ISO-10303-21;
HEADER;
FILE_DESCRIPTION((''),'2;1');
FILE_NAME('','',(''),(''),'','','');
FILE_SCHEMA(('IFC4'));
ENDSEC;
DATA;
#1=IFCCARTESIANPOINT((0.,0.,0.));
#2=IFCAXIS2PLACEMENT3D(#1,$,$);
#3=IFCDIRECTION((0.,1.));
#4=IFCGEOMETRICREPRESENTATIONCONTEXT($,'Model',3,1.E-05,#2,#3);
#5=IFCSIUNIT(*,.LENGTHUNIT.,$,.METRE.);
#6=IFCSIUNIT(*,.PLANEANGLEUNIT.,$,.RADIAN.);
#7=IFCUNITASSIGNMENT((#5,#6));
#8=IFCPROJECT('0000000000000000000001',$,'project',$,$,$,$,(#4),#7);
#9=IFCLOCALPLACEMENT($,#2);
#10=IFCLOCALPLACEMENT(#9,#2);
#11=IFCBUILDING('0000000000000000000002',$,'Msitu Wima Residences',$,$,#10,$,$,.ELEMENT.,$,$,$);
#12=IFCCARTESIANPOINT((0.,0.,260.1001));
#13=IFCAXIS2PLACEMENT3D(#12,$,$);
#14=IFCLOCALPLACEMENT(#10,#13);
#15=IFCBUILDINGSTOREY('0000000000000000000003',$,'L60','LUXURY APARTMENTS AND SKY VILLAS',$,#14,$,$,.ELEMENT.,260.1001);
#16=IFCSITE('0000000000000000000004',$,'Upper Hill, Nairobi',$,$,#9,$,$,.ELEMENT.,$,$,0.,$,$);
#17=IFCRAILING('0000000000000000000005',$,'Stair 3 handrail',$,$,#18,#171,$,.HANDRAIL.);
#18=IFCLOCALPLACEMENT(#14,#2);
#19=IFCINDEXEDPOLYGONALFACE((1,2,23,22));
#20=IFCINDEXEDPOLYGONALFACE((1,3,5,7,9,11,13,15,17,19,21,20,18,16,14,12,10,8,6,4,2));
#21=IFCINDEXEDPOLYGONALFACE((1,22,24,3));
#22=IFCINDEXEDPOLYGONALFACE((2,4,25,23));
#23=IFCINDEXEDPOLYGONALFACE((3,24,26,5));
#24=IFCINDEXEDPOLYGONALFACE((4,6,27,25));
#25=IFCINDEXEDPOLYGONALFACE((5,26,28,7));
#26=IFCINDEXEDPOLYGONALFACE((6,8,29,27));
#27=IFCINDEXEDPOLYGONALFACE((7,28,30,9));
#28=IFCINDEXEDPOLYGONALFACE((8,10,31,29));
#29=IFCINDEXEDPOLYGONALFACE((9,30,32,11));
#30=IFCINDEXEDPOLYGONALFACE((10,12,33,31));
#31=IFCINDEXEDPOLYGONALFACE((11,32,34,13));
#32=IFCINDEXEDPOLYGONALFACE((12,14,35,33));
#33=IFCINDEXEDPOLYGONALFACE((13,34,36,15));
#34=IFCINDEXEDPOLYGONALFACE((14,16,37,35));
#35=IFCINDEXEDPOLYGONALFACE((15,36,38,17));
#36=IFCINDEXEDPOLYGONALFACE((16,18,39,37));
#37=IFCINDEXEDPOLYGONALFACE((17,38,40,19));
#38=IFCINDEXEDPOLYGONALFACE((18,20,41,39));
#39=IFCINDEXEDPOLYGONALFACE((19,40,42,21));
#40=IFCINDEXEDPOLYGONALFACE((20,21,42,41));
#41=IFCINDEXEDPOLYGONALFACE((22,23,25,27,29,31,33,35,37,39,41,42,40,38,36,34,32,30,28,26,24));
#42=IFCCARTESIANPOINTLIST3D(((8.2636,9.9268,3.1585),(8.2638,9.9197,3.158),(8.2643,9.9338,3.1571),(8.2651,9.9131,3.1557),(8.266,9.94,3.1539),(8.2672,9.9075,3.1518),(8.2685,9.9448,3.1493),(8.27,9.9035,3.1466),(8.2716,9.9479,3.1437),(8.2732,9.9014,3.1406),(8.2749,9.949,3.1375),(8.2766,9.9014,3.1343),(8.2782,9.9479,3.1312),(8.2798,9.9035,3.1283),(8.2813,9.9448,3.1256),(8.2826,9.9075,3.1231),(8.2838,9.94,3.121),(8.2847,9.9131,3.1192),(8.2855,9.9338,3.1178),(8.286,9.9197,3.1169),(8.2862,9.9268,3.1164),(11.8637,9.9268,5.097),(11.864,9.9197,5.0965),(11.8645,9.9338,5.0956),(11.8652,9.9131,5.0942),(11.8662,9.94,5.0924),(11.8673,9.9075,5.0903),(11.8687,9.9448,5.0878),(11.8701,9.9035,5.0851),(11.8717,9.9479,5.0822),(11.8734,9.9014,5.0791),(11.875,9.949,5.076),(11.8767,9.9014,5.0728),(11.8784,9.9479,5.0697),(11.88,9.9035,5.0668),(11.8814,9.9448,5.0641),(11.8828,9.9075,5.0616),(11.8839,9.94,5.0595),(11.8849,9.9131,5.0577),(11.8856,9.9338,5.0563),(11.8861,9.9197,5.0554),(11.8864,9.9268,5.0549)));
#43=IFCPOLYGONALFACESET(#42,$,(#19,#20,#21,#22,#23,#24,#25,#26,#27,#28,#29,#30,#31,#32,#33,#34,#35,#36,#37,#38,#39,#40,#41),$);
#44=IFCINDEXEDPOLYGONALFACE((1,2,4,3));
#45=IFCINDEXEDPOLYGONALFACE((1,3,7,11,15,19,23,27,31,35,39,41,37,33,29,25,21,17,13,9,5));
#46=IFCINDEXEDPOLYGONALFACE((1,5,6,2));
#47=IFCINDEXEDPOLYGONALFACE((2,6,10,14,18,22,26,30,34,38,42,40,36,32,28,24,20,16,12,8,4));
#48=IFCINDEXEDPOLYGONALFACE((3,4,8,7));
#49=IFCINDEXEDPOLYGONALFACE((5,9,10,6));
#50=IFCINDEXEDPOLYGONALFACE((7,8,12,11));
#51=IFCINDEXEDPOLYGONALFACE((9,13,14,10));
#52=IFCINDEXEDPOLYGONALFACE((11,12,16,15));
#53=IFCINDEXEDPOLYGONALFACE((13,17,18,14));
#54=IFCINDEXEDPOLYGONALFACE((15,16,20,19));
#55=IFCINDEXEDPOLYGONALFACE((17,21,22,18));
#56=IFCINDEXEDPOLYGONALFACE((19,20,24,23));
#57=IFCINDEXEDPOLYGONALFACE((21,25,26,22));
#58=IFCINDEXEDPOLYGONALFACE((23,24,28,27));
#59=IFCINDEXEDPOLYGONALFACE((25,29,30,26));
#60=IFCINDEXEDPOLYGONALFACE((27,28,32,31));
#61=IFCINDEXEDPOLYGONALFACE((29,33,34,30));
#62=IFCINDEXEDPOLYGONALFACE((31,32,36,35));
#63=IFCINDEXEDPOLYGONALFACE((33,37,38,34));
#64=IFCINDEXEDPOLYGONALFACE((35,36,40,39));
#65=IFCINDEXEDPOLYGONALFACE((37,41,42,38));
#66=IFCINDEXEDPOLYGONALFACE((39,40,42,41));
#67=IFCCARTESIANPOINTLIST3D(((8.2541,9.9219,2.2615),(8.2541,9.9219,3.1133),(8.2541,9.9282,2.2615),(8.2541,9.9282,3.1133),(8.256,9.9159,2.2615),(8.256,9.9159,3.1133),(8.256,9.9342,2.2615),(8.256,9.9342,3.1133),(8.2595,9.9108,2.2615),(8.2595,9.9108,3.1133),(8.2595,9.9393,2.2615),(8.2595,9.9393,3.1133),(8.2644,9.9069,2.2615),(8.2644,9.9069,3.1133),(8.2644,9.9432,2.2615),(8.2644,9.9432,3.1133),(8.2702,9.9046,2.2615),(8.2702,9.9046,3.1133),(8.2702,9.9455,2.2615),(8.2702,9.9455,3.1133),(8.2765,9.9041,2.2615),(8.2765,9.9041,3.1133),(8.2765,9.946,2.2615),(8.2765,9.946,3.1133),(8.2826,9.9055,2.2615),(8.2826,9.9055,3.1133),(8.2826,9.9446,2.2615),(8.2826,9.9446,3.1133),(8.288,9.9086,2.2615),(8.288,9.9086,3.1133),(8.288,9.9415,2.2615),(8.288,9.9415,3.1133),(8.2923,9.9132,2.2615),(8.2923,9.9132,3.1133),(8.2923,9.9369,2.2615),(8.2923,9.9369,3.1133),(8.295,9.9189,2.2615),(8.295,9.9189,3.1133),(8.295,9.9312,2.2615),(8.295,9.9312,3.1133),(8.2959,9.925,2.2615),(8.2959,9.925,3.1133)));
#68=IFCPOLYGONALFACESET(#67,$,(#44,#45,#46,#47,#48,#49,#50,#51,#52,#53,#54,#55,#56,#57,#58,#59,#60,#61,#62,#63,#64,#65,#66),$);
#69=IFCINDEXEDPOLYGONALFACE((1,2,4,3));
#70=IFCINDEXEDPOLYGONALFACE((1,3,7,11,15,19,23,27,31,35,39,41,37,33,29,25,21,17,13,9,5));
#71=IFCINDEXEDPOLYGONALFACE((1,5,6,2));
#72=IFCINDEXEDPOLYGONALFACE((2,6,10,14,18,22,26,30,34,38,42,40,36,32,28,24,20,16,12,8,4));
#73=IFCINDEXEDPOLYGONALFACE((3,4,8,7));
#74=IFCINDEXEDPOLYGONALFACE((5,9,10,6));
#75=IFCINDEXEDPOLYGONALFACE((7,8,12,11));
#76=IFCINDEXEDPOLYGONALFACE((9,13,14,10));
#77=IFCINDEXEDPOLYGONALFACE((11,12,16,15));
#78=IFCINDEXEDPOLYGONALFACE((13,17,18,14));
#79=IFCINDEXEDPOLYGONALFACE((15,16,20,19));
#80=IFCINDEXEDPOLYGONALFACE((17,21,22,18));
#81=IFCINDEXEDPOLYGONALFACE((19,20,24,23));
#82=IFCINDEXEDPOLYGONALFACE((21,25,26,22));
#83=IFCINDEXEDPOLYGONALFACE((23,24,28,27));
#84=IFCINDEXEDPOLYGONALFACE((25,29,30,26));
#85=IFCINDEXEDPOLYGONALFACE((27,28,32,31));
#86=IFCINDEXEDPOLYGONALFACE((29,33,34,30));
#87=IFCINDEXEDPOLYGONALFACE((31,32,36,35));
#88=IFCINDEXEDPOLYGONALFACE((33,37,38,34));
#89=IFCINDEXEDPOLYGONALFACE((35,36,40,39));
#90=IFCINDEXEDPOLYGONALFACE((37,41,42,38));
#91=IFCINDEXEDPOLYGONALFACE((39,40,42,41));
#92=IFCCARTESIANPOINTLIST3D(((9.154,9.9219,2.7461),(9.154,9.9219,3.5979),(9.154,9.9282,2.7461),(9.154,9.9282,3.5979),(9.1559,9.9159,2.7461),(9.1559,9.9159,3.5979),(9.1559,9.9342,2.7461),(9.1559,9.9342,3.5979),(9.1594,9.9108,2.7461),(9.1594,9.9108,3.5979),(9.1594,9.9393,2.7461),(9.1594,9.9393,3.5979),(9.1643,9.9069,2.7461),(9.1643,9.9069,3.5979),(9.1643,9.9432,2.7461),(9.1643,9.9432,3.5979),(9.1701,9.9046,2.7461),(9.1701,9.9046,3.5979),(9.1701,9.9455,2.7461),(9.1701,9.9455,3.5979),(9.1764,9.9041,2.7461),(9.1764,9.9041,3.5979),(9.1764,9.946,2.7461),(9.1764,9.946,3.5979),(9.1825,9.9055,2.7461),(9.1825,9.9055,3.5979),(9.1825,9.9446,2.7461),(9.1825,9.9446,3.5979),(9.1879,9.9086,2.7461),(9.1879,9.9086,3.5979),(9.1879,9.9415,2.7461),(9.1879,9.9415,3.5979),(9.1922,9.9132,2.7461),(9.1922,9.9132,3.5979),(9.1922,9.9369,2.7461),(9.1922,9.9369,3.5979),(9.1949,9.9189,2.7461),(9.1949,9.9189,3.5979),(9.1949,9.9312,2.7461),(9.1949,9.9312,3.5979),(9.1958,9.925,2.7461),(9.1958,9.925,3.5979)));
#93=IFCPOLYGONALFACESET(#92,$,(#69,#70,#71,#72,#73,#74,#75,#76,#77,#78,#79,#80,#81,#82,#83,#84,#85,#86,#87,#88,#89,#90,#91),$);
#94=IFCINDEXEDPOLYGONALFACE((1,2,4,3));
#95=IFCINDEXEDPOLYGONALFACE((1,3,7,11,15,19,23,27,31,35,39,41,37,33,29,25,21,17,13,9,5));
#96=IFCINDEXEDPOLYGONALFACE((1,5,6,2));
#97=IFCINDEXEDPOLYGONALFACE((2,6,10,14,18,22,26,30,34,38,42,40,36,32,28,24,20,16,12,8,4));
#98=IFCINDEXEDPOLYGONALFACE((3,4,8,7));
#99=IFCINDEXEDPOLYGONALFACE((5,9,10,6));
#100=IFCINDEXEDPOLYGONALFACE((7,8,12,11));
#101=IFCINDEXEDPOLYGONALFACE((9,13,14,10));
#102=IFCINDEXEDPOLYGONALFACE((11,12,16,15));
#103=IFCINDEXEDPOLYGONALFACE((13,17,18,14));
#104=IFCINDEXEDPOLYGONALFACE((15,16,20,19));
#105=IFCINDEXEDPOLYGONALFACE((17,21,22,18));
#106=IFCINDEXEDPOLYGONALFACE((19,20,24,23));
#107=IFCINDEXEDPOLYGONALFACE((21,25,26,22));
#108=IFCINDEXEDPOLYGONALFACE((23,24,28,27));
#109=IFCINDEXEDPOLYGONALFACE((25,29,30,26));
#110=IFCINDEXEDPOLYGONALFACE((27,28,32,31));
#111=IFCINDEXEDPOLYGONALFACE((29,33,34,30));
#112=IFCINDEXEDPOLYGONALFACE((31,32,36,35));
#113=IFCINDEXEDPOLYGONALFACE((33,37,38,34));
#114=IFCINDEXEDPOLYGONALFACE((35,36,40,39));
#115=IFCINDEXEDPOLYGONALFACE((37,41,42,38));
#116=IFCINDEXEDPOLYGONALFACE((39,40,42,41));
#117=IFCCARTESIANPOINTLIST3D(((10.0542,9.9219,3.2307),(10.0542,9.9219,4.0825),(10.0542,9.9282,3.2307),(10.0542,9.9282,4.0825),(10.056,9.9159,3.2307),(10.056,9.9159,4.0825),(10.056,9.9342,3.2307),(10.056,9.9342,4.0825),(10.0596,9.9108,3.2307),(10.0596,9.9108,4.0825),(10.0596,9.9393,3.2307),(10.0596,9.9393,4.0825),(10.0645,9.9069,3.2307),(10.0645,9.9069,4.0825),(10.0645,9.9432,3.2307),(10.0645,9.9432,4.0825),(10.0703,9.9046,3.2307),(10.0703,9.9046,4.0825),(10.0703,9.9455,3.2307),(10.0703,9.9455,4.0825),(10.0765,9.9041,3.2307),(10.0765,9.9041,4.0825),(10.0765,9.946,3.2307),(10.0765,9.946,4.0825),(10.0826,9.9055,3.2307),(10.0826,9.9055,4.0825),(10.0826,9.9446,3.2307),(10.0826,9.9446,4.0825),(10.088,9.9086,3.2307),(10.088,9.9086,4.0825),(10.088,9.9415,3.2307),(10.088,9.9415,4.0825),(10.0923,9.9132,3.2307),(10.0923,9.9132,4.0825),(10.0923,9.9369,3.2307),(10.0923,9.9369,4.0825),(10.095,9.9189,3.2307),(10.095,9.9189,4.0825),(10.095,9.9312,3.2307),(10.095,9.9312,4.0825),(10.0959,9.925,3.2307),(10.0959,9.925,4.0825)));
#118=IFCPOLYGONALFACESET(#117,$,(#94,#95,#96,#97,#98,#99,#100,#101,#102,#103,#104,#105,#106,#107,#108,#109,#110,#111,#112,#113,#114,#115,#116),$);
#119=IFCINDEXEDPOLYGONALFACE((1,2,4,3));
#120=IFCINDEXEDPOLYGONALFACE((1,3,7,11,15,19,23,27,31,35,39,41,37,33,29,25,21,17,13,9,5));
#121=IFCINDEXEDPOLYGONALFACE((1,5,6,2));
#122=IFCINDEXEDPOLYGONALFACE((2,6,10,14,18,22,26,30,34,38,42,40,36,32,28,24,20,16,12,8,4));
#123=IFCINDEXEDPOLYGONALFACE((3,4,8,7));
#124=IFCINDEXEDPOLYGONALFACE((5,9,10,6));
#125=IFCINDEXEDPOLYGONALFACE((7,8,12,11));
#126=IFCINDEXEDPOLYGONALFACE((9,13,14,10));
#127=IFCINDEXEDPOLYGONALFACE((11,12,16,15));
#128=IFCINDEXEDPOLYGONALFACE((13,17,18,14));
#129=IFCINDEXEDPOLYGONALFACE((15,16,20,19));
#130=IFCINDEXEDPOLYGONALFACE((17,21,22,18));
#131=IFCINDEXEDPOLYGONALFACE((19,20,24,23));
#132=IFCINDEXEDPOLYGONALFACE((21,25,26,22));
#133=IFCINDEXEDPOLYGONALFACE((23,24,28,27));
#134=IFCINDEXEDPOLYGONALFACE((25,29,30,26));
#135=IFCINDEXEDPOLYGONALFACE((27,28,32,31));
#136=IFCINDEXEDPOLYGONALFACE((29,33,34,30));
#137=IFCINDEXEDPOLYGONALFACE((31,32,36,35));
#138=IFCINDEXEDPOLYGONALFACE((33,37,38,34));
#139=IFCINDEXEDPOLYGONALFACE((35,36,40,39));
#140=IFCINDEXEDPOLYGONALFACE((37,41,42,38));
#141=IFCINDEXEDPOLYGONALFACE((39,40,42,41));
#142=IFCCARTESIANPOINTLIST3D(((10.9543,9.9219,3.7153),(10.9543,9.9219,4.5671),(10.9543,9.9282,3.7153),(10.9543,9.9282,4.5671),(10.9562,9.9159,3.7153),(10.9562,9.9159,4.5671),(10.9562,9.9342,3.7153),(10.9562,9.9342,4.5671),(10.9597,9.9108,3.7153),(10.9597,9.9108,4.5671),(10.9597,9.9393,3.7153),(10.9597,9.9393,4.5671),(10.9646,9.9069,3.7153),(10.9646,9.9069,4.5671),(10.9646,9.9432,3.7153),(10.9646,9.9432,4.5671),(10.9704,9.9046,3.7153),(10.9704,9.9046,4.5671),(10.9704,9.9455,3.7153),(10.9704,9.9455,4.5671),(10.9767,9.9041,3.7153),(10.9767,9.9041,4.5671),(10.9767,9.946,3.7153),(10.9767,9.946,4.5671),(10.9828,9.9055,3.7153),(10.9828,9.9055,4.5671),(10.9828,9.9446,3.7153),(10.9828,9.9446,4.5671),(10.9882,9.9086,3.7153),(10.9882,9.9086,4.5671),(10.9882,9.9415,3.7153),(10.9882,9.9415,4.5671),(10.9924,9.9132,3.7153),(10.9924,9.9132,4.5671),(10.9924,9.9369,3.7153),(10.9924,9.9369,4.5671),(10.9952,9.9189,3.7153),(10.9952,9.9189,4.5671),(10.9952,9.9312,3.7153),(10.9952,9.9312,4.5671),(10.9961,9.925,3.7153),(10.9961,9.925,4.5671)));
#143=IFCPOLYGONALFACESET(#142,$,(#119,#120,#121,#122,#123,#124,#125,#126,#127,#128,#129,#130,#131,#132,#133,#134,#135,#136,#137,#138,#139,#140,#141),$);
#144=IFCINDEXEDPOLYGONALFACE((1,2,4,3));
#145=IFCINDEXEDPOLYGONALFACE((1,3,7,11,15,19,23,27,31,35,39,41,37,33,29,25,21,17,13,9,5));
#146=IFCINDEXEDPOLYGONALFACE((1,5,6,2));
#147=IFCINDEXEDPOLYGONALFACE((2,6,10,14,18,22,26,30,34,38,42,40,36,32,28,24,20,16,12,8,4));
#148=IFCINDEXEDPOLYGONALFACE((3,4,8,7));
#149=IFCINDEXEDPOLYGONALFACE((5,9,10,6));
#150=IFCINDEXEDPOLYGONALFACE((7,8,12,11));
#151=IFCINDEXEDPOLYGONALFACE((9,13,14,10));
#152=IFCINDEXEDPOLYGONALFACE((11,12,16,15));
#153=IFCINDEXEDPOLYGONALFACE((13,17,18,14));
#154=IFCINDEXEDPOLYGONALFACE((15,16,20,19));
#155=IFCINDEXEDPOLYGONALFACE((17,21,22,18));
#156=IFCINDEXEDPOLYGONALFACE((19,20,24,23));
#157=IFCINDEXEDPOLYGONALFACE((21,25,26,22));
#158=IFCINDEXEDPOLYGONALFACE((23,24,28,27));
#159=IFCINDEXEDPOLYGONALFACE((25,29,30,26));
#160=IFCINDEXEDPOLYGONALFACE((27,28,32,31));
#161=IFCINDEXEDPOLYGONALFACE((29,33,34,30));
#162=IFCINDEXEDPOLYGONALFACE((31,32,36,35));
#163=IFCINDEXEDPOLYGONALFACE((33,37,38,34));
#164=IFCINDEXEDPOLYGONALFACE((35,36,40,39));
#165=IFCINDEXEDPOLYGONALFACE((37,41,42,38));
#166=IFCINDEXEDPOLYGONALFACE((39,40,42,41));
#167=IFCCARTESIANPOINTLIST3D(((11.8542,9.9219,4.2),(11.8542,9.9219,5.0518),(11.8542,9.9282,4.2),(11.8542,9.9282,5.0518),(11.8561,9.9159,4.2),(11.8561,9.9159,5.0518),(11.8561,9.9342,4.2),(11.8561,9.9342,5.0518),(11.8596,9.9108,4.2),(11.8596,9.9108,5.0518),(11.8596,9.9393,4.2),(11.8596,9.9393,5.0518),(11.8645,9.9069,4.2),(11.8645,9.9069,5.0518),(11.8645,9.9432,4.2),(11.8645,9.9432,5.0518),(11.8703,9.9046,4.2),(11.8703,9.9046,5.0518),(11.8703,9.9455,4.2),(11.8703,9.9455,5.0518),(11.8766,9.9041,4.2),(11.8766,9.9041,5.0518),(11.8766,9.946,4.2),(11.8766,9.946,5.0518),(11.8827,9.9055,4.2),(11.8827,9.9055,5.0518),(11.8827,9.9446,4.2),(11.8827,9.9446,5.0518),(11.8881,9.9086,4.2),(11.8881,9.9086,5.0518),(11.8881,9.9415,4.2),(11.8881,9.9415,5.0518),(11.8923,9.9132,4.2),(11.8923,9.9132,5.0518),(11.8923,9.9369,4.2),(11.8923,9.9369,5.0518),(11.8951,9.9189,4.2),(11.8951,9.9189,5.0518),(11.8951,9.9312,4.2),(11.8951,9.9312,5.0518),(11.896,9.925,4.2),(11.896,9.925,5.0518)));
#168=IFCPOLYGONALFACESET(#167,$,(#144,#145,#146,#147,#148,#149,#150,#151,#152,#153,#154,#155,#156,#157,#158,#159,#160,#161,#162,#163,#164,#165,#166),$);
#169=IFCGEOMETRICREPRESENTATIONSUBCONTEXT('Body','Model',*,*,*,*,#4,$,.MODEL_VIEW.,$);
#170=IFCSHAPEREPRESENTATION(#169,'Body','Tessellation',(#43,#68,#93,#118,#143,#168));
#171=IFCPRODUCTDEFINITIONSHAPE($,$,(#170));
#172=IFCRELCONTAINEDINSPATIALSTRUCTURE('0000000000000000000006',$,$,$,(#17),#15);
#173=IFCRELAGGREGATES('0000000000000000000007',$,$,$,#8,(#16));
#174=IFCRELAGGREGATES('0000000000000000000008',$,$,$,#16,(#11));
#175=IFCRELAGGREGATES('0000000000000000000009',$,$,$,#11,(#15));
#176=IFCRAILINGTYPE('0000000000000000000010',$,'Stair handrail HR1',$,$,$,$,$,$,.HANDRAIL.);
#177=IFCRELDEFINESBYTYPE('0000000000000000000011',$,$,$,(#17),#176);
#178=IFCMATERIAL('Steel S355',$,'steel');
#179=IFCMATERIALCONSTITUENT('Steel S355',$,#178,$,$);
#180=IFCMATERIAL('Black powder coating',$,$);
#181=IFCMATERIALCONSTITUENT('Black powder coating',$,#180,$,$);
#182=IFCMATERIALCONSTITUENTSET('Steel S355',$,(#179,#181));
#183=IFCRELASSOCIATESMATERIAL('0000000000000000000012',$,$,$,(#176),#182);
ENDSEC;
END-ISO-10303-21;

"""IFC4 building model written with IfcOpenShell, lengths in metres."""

from ifc_helpers import new_model, si_unit, direction, frame, origin, origin_2d, place, context, subcontext, project, spatial, circle, extrude, material, constituent, constituent_set, type_object, element, save


model = new_model("IFC4")

# Units and contexts
model_context = context("Model", 3, precision=1e-05, world=origin(), true_north=direction((0.0, 1.0)))
body_context = subcontext(model_context, "Body", "Model", "MODEL_VIEW")
ifc_project = project(units=[si_unit("LENGTHUNIT", "METRE"), si_unit("PLANEANGLEUNIT", "RADIAN")], contexts=[model_context])

# Site, building, storey
site_placement = place(None, origin())
site = spatial("IfcSite", under=ifc_project, at=site_placement, Name="Upper Hill, Nairobi", CompositionType="ELEMENT", RefElevation=0.0)
building_placement = place(site_placement, origin())
building = spatial("IfcBuilding", under=site, at=building_placement, Name="Msitu Wima Residences", CompositionType="ELEMENT")
storey_placement = place(building_placement, frame((0.0, 0.0, 260.1001)))
storey = spatial("IfcBuildingStorey", under=building, at=storey_placement, Name="L60", Description="LUXURY APARTMENTS AND SKY VILLAS", CompositionType="ELEMENT", Elevation=260.1001)

# Railing
ifc_material_1 = material(Name="Steel S355", Category="steel")
ifc_constituent_1 = constituent(ifc_material_1, Name="Steel S355")
ifc_material_2 = material(Name="Black powder coating")
ifc_constituent_2 = constituent(ifc_material_2, Name="Black powder coating")
ifc_constituent_set = constituent_set(constituents=[ifc_constituent_1, ifc_constituent_2], Name="Steel S355")
railing_type = type_object("IfcRailingType", Name="Stair handrail HR1", PredefinedType="HANDRAIL", material=ifc_constituent_set)
railing_placement = place(storey_placement, frame((8.2749, 9.925, 2.2615)))
element("IfcRailing", 1, at=railing_placement, inside=storey, type_object=railing_type, Name="Stair 3 handrail", PredefinedType="HANDRAIL", context=body_context, shape_type="SweptSolid", body=[
    extrude(circle(Radius=0.0239, at=origin_2d()), frame((0.0, 0.0, 0.876), z_axis=(0.880475, 0.0, 0.474093), x_axis=(0.0, 1.0, 0.0)), (0.0, 0.0, 1.0), 4.0889),
    extrude(circle(Radius=0.021, at=origin_2d()), origin(), (0.0, 0.0, 1.0), 0.8518),
    extrude(circle(Radius=0.021, at=origin_2d()), frame((0.8999, 0.0, 0.4846)), (0.0, 0.0, 1.0), 0.8518),
    extrude(circle(Radius=0.021, at=origin_2d()), frame((1.8, 0.0, 0.9692)), (0.0, 0.0, 1.0), 0.8518),
    extrude(circle(Radius=0.021, at=origin_2d()), frame((2.7002, 0.0, 1.4539)), (0.0, 0.0, 1.0), 0.8518),
    extrude(circle(Radius=0.021, at=origin_2d()), frame((3.6001, 0.0, 1.9385)), (0.0, 0.0, 1.0), 0.8518),
])

save(model, "model.ifc")
